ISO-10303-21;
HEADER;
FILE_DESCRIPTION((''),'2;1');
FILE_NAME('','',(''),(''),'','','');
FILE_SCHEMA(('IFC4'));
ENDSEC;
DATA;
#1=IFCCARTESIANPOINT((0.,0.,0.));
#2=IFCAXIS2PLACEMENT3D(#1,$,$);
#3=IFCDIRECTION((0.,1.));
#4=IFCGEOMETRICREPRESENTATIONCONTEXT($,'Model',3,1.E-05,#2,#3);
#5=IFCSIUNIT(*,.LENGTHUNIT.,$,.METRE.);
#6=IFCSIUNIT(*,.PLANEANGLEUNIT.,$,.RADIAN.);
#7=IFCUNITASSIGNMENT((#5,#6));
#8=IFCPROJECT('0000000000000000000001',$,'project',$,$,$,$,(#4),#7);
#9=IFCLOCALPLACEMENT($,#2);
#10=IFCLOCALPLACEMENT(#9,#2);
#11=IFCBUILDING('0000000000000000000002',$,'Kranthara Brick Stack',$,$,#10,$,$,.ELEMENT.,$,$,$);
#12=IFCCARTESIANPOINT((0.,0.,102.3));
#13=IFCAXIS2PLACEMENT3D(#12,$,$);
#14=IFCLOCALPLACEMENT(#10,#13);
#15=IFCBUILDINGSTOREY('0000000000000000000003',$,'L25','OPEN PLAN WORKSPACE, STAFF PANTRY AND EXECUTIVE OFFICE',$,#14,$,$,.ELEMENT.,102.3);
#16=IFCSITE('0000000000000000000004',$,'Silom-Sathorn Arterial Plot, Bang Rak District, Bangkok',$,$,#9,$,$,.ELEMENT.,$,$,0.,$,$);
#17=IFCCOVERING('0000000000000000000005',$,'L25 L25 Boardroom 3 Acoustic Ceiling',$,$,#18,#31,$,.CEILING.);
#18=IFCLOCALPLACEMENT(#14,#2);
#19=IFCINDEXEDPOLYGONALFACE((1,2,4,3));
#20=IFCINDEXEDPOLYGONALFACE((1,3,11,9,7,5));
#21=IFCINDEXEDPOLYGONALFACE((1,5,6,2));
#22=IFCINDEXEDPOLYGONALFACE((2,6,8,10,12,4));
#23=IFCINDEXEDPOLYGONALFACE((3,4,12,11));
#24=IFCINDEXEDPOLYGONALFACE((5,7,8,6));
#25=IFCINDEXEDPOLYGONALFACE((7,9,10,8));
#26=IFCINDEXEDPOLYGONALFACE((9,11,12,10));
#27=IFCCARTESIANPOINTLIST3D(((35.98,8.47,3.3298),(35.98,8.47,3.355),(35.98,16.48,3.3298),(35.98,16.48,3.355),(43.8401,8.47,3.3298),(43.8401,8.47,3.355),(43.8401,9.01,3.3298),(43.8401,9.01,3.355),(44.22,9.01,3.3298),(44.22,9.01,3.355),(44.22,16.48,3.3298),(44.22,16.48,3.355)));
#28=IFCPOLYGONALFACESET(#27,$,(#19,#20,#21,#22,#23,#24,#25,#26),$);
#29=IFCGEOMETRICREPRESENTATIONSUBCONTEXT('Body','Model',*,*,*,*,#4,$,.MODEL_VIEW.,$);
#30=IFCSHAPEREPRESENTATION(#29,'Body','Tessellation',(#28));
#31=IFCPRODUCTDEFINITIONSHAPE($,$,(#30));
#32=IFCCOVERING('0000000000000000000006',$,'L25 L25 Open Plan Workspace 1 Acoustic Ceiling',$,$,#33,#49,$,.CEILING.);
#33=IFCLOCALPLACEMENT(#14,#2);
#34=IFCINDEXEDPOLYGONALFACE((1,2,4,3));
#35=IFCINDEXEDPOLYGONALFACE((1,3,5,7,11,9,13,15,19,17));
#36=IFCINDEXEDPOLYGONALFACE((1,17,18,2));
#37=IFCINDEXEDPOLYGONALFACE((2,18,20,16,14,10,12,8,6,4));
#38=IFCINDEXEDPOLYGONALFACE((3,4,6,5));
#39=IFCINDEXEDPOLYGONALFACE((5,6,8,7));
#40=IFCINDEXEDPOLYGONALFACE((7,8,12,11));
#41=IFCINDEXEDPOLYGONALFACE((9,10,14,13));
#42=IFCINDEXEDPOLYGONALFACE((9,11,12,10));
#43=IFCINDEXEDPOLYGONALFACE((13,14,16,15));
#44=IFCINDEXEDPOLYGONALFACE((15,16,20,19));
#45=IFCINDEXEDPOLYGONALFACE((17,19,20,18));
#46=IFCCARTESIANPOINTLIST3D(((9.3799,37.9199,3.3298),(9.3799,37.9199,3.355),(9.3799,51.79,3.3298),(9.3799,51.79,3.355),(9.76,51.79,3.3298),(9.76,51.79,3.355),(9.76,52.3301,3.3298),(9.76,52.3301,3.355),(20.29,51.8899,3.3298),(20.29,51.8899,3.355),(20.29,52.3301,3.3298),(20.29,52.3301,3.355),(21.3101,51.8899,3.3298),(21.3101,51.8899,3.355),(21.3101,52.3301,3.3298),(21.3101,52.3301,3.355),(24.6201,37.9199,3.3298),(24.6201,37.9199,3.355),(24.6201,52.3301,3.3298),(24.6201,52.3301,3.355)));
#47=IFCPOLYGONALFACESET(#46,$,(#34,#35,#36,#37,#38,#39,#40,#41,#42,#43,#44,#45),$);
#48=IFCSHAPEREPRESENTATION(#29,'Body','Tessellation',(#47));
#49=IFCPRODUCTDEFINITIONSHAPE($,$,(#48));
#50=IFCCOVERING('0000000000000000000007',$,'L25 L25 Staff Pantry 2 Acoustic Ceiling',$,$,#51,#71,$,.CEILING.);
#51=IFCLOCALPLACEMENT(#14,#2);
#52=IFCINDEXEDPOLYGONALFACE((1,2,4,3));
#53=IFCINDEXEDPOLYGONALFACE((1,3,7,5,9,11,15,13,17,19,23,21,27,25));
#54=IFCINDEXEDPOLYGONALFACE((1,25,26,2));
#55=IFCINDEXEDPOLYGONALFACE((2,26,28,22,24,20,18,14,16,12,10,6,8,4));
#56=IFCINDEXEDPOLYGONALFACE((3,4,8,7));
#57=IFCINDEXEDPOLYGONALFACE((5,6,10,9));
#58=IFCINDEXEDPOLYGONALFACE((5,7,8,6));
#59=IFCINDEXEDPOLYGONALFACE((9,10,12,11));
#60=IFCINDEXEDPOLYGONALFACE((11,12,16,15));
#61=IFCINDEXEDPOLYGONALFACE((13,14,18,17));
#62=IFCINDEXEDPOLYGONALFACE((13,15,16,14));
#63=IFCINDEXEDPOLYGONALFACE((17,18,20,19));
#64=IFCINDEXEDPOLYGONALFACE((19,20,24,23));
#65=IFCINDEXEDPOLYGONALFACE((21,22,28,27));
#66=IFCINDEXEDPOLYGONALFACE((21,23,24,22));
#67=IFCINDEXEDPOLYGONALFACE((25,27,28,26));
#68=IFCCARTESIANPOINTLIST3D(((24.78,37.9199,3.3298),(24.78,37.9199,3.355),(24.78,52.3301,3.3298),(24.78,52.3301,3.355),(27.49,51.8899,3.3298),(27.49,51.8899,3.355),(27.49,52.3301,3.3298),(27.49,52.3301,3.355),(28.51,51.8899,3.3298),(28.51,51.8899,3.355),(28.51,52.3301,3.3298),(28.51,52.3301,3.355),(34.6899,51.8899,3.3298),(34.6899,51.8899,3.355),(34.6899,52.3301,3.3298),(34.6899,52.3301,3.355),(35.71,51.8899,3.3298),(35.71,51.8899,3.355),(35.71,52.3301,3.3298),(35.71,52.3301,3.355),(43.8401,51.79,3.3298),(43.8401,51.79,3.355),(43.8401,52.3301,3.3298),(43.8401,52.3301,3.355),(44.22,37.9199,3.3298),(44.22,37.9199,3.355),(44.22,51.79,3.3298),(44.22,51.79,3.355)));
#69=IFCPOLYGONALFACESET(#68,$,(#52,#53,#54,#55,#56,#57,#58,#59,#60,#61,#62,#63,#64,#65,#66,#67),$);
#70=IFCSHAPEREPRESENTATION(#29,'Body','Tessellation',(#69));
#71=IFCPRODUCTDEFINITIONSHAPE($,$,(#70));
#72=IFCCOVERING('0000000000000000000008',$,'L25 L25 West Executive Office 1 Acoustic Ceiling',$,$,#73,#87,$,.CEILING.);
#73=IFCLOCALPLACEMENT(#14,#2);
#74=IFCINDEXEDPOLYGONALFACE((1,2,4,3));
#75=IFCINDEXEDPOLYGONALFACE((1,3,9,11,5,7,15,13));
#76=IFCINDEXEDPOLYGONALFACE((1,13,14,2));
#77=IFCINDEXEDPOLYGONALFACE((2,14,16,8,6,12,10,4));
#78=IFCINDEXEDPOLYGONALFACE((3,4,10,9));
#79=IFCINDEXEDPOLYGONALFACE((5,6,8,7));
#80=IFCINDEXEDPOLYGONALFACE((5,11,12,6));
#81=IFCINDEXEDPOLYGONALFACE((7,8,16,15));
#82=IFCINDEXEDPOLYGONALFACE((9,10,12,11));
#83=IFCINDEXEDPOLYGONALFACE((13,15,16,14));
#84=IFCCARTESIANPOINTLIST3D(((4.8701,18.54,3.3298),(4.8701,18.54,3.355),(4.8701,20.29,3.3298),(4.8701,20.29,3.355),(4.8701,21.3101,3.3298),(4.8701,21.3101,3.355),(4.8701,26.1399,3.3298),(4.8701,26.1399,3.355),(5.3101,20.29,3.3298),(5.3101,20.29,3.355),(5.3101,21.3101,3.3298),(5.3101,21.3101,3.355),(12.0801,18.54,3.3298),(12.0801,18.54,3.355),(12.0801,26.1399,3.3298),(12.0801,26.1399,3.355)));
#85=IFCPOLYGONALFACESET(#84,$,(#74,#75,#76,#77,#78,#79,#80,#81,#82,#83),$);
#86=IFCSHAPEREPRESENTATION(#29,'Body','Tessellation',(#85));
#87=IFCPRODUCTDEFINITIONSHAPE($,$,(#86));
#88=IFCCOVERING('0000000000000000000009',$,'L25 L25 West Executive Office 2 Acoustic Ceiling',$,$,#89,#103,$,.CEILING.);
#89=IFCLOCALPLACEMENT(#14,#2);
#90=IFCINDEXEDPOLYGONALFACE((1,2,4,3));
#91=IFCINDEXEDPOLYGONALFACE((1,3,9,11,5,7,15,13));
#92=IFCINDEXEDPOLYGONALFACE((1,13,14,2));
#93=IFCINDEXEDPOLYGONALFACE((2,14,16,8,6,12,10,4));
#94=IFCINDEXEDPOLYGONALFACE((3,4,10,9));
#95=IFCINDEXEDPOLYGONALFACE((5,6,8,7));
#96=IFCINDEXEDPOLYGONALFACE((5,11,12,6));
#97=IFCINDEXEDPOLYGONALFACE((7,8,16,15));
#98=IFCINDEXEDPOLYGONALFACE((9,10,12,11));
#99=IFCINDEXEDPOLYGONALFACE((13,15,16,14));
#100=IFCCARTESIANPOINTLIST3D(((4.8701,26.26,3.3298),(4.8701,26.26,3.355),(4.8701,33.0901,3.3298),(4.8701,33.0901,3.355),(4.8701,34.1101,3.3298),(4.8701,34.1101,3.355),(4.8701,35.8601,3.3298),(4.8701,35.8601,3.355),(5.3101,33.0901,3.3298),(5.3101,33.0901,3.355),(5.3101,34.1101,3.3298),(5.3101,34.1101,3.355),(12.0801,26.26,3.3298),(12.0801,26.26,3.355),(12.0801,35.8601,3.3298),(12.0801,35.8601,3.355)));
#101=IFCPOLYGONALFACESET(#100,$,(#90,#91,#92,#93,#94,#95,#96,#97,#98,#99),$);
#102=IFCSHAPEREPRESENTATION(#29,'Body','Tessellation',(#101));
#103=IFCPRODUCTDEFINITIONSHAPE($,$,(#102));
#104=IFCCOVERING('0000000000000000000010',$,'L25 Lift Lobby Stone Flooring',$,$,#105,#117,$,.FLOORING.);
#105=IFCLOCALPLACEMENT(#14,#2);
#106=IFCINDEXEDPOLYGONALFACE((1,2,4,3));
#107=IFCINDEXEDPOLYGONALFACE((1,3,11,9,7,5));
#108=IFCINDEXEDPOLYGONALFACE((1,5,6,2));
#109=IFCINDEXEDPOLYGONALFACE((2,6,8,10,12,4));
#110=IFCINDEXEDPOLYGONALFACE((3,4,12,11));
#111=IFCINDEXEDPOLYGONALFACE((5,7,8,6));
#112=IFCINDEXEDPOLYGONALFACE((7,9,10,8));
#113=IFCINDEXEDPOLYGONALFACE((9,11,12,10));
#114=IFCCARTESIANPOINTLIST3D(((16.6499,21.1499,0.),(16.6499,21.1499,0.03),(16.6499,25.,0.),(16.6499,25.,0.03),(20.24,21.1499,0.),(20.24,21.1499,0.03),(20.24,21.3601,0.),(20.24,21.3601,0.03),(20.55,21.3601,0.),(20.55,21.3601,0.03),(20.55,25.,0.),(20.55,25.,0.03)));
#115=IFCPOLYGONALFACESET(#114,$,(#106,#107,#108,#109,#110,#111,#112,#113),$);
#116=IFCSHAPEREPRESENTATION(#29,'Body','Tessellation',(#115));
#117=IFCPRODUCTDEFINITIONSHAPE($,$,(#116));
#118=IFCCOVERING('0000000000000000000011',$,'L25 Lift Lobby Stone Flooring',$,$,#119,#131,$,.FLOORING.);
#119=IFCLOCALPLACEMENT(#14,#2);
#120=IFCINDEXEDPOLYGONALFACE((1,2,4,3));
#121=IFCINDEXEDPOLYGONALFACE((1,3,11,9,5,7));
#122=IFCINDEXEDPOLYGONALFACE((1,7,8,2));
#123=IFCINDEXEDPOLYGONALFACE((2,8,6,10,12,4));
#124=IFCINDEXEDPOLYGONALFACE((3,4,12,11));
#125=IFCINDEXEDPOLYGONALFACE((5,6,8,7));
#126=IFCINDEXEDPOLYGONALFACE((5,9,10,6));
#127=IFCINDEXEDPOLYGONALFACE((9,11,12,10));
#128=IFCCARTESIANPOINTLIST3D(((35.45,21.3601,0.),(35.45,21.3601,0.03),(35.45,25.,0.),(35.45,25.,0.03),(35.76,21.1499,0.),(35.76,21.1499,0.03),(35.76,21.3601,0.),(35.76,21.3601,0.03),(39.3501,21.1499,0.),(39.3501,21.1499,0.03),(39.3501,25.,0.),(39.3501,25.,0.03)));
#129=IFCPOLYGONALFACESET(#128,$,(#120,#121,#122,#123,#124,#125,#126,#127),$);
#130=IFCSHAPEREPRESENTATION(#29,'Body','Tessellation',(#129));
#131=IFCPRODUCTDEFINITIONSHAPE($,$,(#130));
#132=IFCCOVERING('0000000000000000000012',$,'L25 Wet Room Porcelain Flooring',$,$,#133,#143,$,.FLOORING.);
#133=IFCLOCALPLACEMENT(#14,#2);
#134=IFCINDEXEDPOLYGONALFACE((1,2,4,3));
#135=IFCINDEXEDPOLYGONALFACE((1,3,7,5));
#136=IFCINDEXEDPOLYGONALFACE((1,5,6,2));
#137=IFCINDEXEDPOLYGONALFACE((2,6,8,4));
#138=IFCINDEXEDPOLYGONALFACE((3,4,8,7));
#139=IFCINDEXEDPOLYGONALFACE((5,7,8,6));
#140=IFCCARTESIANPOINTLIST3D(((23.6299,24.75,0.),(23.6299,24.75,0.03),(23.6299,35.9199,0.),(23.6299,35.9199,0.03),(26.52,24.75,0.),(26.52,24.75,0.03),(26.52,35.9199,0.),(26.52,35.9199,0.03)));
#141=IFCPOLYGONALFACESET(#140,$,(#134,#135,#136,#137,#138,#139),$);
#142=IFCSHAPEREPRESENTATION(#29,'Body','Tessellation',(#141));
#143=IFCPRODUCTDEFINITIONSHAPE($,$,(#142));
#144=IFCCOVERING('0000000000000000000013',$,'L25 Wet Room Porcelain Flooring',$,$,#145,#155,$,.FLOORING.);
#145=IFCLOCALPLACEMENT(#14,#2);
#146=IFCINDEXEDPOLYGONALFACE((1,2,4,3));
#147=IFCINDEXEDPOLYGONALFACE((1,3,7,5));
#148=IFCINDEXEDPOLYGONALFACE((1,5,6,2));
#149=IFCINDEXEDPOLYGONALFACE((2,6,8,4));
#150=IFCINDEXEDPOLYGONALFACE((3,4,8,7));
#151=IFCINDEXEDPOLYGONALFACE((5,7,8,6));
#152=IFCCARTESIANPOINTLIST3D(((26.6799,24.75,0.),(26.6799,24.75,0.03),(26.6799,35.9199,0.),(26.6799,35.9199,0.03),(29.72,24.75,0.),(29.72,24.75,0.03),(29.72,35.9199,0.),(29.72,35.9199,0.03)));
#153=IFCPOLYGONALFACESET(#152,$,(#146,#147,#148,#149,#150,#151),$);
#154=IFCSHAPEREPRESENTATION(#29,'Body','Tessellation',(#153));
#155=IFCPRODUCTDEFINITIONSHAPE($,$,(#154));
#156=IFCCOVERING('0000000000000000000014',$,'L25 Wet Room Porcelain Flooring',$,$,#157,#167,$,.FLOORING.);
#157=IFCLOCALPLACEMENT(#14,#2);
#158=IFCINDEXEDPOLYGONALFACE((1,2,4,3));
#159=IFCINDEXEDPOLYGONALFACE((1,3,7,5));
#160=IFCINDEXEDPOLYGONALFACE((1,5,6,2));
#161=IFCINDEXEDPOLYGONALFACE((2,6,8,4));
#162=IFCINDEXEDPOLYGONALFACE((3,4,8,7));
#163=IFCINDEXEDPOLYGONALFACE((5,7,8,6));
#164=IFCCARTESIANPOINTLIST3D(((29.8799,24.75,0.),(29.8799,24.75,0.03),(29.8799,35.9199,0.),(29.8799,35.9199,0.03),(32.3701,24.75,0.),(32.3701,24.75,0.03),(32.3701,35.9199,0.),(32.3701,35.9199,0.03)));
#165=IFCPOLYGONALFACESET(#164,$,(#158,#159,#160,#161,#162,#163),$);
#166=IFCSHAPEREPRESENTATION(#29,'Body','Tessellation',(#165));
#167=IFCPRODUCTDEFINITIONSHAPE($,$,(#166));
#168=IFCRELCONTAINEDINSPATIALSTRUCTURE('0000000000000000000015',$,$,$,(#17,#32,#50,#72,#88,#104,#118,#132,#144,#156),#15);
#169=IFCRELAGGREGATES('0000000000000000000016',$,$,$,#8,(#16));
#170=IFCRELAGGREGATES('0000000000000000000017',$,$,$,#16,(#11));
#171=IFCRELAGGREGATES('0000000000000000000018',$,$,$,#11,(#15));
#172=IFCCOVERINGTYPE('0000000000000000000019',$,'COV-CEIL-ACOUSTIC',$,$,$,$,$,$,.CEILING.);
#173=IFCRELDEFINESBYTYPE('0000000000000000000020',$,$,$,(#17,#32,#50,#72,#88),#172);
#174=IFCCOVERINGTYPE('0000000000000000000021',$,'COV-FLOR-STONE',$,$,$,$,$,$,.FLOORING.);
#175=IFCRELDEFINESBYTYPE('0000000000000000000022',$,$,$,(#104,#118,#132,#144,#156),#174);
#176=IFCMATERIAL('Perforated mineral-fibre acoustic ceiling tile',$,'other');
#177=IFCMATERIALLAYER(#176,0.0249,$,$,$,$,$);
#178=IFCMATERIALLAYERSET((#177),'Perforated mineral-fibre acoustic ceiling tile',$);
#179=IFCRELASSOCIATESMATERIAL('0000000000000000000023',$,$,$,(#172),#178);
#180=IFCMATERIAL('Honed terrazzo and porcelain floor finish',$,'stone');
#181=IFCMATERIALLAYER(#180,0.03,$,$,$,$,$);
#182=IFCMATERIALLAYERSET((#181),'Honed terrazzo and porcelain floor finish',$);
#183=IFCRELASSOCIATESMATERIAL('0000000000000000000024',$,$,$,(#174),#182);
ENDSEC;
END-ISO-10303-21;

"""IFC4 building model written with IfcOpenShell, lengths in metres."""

from ifc_helpers import new_model, si_unit, direction, frame, origin, place, context, subcontext, project, spatial, polyline, outline, extrude, material, layer, layer_set, type_object, element, save


model = new_model("IFC4")

# Units and contexts
model_context = context("Model", 3, precision=1e-05, world=origin(), true_north=direction((0.0, 1.0)))
body_context = subcontext(model_context, "Body", "Model", "MODEL_VIEW")
ifc_project = project(units=[si_unit("LENGTHUNIT", "METRE"), si_unit("PLANEANGLEUNIT", "RADIAN")], contexts=[model_context])

# Site, building, storey
site_placement = place(None, origin())
site = spatial("IfcSite", under=ifc_project, at=site_placement, Name="Silom-Sathorn Arterial Plot, Bang Rak District, Bangkok", CompositionType="ELEMENT", RefElevation=0.0)
building_placement = place(site_placement, origin())
building = spatial("IfcBuilding", under=site, at=building_placement, Name="Kranthara Brick Stack", CompositionType="ELEMENT")
storey_placement = place(building_placement, frame((0.0, 0.0, 102.3)))
storey = spatial("IfcBuildingStorey", under=building, at=storey_placement, Name="L25", Description="OPEN PLAN WORKSPACE, STAFF PANTRY AND EXECUTIVE OFFICE", CompositionType="ELEMENT", Elevation=102.3)

# Coverings
ifc_material_1 = material(Name="Perforated mineral-fibre acoustic ceiling tile", Category="other")
ifc_layer_1 = layer(ifc_material_1, 0.0249)
ifc_layer_set_1 = layer_set([ifc_layer_1], Name="Perforated mineral-fibre acoustic ceiling tile")
covering_type_1 = type_object("IfcCoveringType", Name="COV-CEIL-ACOUSTIC", PredefinedType="CEILING", material=ifc_layer_set_1)
covering_1_placement = place(storey_placement, frame((0.0, 0.0, 3.3298)))
element("IfcCovering", 1, at=covering_1_placement, inside=storey, type_object=covering_type_1, Name="L25 L25 Boardroom 3 Acoustic Ceiling", PredefinedType="CEILING", context=body_context, shape_type="SweptSolid", body=[
    extrude(outline(polyline([(35.98, 8.47), (35.98, 16.48), (44.22, 16.48), (44.22, 9.01), (43.8401, 9.01), (43.8401, 8.47), (35.98, 8.47)])), origin(), (0.0, 0.0, 1.0), 0.0251),
])
covering_2_placement = place(storey_placement, frame((0.0, 0.0, 3.3298)))
element("IfcCovering", 2, at=covering_2_placement, inside=storey, type_object=covering_type_1, Name="L25 L25 Open Plan Workspace 1 Acoustic Ceiling", PredefinedType="CEILING", context=body_context, shape_type="SweptSolid", body=[
    extrude(outline(polyline([(24.6201, 37.9199), (9.3799, 37.9199), (9.3799, 51.79), (9.76, 51.79), (9.76, 52.3301), (20.29, 52.3301), (20.29, 51.8899), (21.3101, 51.8899), (21.3101, 52.3301), (24.6201, 52.3301), (24.6201, 37.9199)])), origin(), (0.0, 0.0, 1.0), 0.0251),
])
covering_3_placement = place(storey_placement, frame((0.0, 0.0, 3.3298)))
element("IfcCovering", 3, at=covering_3_placement, inside=storey, type_object=covering_type_1, Name="L25 L25 Staff Pantry 2 Acoustic Ceiling", PredefinedType="CEILING", context=body_context, shape_type="SweptSolid", body=[
    extrude(outline(polyline([(24.78, 37.9199), (24.78, 52.3301), (27.49, 52.3301), (27.49, 51.8899), (28.51, 51.8899), (28.51, 52.3301), (34.6899, 52.3301), (34.6899, 51.8899), (35.71, 51.8899), (35.71, 52.3301), (43.8401, 52.3301), (43.8401, 51.79), (44.22, 51.79), (44.22, 37.9199), (24.78, 37.9199)])), origin(), (0.0, 0.0, 1.0), 0.0251),
])
covering_4_placement = place(storey_placement, frame((0.0, 0.0, 3.3298)))
element("IfcCovering", 4, at=covering_4_placement, inside=storey, type_object=covering_type_1, Name="L25 L25 West Executive Office 1 Acoustic Ceiling", PredefinedType="CEILING", context=body_context, shape_type="SweptSolid", body=[
    extrude(outline(polyline([(4.8701, 26.1399), (12.0801, 26.1399), (12.0801, 18.54), (4.8701, 18.54), (4.8701, 20.29), (5.3101, 20.29), (5.3101, 21.3101), (4.8701, 21.3101), (4.8701, 26.1399)])), origin(), (0.0, 0.0, 1.0), 0.0251),
])
covering_5_placement = place(storey_placement, frame((0.0, 0.0, 3.3298)))
element("IfcCovering", 5, at=covering_5_placement, inside=storey, type_object=covering_type_1, Name="L25 L25 West Executive Office 2 Acoustic Ceiling", PredefinedType="CEILING", context=body_context, shape_type="SweptSolid", body=[
    extrude(outline(polyline([(4.8701, 35.8601), (12.0801, 35.8601), (12.0801, 26.26), (4.8701, 26.26), (4.8701, 33.0901), (5.3101, 33.0901), (5.3101, 34.1101), (4.8701, 34.1101), (4.8701, 35.8601)])), origin(), (0.0, 0.0, 1.0), 0.0251),
])
ifc_material_2 = material(Name="Honed terrazzo and porcelain floor finish", Category="stone")
ifc_layer_2 = layer(ifc_material_2, 0.03)
ifc_layer_set_2 = layer_set([ifc_layer_2], Name="Honed terrazzo and porcelain floor finish")
covering_type_2 = type_object("IfcCoveringType", Name="COV-FLOR-STONE", PredefinedType="FLOORING", material=ifc_layer_set_2)
covering_6_placement = place(storey_placement, origin())
element("IfcCovering", 6, at=covering_6_placement, inside=storey, type_object=covering_type_2, Name="L25 Lift Lobby Stone Flooring", PredefinedType="FLOORING", context=body_context, shape_type="SweptSolid", body=[
    extrude(outline(polyline([(16.6499, 21.1499), (16.6499, 25.0), (20.55, 25.0), (20.55, 21.3601), (20.24, 21.3601), (20.24, 21.1499), (16.6499, 21.1499)])), origin(), (0.0, 0.0, 1.0), 0.03),
])
covering_7_placement = place(storey_placement, origin())
element("IfcCovering", 7, at=covering_7_placement, inside=storey, type_object=covering_type_2, Name="L25 Lift Lobby Stone Flooring", PredefinedType="FLOORING", context=body_context, shape_type="SweptSolid", body=[
    extrude(outline(polyline([(35.45, 25.0), (39.3501, 25.0), (39.3501, 21.1499), (35.76, 21.1499), (35.76, 21.3601), (35.45, 21.3601), (35.45, 25.0)])), origin(), (0.0, 0.0, 1.0), 0.03),
])
covering_8_placement = place(storey_placement, origin())
element("IfcCovering", 8, at=covering_8_placement, inside=storey, type_object=covering_type_2, Name="L25 Wet Room Porcelain Flooring", PredefinedType="FLOORING", context=body_context, shape_type="SweptSolid", body=[
    extrude(outline(polyline([(26.52, 24.75), (26.52, 35.9199), (23.6299, 35.9199), (23.6299, 24.75), (26.52, 24.75)])), origin(), (0.0, 0.0, 1.0), 0.03),
])
covering_9_placement = place(storey_placement, origin())
element("IfcCovering", 9, at=covering_9_placement, inside=storey, type_object=covering_type_2, Name="L25 Wet Room Porcelain Flooring", PredefinedType="FLOORING", context=body_context, shape_type="SweptSolid", body=[
    extrude(outline(polyline([(29.72, 24.75), (29.72, 35.9199), (26.6799, 35.9199), (26.6799, 24.75), (29.72, 24.75)])), origin(), (0.0, 0.0, 1.0), 0.03),
])
covering_10_placement = place(storey_placement, origin())
element("IfcCovering", 10, at=covering_10_placement, inside=storey, type_object=covering_type_2, Name="L25 Wet Room Porcelain Flooring", PredefinedType="FLOORING", context=body_context, shape_type="SweptSolid", body=[
    extrude(outline(polyline([(32.3701, 24.75), (32.3701, 35.9199), (29.8799, 35.9199), (29.8799, 24.75), (32.3701, 24.75)])), origin(), (0.0, 0.0, 1.0), 0.03),
])

save(model, "model.ifc")
